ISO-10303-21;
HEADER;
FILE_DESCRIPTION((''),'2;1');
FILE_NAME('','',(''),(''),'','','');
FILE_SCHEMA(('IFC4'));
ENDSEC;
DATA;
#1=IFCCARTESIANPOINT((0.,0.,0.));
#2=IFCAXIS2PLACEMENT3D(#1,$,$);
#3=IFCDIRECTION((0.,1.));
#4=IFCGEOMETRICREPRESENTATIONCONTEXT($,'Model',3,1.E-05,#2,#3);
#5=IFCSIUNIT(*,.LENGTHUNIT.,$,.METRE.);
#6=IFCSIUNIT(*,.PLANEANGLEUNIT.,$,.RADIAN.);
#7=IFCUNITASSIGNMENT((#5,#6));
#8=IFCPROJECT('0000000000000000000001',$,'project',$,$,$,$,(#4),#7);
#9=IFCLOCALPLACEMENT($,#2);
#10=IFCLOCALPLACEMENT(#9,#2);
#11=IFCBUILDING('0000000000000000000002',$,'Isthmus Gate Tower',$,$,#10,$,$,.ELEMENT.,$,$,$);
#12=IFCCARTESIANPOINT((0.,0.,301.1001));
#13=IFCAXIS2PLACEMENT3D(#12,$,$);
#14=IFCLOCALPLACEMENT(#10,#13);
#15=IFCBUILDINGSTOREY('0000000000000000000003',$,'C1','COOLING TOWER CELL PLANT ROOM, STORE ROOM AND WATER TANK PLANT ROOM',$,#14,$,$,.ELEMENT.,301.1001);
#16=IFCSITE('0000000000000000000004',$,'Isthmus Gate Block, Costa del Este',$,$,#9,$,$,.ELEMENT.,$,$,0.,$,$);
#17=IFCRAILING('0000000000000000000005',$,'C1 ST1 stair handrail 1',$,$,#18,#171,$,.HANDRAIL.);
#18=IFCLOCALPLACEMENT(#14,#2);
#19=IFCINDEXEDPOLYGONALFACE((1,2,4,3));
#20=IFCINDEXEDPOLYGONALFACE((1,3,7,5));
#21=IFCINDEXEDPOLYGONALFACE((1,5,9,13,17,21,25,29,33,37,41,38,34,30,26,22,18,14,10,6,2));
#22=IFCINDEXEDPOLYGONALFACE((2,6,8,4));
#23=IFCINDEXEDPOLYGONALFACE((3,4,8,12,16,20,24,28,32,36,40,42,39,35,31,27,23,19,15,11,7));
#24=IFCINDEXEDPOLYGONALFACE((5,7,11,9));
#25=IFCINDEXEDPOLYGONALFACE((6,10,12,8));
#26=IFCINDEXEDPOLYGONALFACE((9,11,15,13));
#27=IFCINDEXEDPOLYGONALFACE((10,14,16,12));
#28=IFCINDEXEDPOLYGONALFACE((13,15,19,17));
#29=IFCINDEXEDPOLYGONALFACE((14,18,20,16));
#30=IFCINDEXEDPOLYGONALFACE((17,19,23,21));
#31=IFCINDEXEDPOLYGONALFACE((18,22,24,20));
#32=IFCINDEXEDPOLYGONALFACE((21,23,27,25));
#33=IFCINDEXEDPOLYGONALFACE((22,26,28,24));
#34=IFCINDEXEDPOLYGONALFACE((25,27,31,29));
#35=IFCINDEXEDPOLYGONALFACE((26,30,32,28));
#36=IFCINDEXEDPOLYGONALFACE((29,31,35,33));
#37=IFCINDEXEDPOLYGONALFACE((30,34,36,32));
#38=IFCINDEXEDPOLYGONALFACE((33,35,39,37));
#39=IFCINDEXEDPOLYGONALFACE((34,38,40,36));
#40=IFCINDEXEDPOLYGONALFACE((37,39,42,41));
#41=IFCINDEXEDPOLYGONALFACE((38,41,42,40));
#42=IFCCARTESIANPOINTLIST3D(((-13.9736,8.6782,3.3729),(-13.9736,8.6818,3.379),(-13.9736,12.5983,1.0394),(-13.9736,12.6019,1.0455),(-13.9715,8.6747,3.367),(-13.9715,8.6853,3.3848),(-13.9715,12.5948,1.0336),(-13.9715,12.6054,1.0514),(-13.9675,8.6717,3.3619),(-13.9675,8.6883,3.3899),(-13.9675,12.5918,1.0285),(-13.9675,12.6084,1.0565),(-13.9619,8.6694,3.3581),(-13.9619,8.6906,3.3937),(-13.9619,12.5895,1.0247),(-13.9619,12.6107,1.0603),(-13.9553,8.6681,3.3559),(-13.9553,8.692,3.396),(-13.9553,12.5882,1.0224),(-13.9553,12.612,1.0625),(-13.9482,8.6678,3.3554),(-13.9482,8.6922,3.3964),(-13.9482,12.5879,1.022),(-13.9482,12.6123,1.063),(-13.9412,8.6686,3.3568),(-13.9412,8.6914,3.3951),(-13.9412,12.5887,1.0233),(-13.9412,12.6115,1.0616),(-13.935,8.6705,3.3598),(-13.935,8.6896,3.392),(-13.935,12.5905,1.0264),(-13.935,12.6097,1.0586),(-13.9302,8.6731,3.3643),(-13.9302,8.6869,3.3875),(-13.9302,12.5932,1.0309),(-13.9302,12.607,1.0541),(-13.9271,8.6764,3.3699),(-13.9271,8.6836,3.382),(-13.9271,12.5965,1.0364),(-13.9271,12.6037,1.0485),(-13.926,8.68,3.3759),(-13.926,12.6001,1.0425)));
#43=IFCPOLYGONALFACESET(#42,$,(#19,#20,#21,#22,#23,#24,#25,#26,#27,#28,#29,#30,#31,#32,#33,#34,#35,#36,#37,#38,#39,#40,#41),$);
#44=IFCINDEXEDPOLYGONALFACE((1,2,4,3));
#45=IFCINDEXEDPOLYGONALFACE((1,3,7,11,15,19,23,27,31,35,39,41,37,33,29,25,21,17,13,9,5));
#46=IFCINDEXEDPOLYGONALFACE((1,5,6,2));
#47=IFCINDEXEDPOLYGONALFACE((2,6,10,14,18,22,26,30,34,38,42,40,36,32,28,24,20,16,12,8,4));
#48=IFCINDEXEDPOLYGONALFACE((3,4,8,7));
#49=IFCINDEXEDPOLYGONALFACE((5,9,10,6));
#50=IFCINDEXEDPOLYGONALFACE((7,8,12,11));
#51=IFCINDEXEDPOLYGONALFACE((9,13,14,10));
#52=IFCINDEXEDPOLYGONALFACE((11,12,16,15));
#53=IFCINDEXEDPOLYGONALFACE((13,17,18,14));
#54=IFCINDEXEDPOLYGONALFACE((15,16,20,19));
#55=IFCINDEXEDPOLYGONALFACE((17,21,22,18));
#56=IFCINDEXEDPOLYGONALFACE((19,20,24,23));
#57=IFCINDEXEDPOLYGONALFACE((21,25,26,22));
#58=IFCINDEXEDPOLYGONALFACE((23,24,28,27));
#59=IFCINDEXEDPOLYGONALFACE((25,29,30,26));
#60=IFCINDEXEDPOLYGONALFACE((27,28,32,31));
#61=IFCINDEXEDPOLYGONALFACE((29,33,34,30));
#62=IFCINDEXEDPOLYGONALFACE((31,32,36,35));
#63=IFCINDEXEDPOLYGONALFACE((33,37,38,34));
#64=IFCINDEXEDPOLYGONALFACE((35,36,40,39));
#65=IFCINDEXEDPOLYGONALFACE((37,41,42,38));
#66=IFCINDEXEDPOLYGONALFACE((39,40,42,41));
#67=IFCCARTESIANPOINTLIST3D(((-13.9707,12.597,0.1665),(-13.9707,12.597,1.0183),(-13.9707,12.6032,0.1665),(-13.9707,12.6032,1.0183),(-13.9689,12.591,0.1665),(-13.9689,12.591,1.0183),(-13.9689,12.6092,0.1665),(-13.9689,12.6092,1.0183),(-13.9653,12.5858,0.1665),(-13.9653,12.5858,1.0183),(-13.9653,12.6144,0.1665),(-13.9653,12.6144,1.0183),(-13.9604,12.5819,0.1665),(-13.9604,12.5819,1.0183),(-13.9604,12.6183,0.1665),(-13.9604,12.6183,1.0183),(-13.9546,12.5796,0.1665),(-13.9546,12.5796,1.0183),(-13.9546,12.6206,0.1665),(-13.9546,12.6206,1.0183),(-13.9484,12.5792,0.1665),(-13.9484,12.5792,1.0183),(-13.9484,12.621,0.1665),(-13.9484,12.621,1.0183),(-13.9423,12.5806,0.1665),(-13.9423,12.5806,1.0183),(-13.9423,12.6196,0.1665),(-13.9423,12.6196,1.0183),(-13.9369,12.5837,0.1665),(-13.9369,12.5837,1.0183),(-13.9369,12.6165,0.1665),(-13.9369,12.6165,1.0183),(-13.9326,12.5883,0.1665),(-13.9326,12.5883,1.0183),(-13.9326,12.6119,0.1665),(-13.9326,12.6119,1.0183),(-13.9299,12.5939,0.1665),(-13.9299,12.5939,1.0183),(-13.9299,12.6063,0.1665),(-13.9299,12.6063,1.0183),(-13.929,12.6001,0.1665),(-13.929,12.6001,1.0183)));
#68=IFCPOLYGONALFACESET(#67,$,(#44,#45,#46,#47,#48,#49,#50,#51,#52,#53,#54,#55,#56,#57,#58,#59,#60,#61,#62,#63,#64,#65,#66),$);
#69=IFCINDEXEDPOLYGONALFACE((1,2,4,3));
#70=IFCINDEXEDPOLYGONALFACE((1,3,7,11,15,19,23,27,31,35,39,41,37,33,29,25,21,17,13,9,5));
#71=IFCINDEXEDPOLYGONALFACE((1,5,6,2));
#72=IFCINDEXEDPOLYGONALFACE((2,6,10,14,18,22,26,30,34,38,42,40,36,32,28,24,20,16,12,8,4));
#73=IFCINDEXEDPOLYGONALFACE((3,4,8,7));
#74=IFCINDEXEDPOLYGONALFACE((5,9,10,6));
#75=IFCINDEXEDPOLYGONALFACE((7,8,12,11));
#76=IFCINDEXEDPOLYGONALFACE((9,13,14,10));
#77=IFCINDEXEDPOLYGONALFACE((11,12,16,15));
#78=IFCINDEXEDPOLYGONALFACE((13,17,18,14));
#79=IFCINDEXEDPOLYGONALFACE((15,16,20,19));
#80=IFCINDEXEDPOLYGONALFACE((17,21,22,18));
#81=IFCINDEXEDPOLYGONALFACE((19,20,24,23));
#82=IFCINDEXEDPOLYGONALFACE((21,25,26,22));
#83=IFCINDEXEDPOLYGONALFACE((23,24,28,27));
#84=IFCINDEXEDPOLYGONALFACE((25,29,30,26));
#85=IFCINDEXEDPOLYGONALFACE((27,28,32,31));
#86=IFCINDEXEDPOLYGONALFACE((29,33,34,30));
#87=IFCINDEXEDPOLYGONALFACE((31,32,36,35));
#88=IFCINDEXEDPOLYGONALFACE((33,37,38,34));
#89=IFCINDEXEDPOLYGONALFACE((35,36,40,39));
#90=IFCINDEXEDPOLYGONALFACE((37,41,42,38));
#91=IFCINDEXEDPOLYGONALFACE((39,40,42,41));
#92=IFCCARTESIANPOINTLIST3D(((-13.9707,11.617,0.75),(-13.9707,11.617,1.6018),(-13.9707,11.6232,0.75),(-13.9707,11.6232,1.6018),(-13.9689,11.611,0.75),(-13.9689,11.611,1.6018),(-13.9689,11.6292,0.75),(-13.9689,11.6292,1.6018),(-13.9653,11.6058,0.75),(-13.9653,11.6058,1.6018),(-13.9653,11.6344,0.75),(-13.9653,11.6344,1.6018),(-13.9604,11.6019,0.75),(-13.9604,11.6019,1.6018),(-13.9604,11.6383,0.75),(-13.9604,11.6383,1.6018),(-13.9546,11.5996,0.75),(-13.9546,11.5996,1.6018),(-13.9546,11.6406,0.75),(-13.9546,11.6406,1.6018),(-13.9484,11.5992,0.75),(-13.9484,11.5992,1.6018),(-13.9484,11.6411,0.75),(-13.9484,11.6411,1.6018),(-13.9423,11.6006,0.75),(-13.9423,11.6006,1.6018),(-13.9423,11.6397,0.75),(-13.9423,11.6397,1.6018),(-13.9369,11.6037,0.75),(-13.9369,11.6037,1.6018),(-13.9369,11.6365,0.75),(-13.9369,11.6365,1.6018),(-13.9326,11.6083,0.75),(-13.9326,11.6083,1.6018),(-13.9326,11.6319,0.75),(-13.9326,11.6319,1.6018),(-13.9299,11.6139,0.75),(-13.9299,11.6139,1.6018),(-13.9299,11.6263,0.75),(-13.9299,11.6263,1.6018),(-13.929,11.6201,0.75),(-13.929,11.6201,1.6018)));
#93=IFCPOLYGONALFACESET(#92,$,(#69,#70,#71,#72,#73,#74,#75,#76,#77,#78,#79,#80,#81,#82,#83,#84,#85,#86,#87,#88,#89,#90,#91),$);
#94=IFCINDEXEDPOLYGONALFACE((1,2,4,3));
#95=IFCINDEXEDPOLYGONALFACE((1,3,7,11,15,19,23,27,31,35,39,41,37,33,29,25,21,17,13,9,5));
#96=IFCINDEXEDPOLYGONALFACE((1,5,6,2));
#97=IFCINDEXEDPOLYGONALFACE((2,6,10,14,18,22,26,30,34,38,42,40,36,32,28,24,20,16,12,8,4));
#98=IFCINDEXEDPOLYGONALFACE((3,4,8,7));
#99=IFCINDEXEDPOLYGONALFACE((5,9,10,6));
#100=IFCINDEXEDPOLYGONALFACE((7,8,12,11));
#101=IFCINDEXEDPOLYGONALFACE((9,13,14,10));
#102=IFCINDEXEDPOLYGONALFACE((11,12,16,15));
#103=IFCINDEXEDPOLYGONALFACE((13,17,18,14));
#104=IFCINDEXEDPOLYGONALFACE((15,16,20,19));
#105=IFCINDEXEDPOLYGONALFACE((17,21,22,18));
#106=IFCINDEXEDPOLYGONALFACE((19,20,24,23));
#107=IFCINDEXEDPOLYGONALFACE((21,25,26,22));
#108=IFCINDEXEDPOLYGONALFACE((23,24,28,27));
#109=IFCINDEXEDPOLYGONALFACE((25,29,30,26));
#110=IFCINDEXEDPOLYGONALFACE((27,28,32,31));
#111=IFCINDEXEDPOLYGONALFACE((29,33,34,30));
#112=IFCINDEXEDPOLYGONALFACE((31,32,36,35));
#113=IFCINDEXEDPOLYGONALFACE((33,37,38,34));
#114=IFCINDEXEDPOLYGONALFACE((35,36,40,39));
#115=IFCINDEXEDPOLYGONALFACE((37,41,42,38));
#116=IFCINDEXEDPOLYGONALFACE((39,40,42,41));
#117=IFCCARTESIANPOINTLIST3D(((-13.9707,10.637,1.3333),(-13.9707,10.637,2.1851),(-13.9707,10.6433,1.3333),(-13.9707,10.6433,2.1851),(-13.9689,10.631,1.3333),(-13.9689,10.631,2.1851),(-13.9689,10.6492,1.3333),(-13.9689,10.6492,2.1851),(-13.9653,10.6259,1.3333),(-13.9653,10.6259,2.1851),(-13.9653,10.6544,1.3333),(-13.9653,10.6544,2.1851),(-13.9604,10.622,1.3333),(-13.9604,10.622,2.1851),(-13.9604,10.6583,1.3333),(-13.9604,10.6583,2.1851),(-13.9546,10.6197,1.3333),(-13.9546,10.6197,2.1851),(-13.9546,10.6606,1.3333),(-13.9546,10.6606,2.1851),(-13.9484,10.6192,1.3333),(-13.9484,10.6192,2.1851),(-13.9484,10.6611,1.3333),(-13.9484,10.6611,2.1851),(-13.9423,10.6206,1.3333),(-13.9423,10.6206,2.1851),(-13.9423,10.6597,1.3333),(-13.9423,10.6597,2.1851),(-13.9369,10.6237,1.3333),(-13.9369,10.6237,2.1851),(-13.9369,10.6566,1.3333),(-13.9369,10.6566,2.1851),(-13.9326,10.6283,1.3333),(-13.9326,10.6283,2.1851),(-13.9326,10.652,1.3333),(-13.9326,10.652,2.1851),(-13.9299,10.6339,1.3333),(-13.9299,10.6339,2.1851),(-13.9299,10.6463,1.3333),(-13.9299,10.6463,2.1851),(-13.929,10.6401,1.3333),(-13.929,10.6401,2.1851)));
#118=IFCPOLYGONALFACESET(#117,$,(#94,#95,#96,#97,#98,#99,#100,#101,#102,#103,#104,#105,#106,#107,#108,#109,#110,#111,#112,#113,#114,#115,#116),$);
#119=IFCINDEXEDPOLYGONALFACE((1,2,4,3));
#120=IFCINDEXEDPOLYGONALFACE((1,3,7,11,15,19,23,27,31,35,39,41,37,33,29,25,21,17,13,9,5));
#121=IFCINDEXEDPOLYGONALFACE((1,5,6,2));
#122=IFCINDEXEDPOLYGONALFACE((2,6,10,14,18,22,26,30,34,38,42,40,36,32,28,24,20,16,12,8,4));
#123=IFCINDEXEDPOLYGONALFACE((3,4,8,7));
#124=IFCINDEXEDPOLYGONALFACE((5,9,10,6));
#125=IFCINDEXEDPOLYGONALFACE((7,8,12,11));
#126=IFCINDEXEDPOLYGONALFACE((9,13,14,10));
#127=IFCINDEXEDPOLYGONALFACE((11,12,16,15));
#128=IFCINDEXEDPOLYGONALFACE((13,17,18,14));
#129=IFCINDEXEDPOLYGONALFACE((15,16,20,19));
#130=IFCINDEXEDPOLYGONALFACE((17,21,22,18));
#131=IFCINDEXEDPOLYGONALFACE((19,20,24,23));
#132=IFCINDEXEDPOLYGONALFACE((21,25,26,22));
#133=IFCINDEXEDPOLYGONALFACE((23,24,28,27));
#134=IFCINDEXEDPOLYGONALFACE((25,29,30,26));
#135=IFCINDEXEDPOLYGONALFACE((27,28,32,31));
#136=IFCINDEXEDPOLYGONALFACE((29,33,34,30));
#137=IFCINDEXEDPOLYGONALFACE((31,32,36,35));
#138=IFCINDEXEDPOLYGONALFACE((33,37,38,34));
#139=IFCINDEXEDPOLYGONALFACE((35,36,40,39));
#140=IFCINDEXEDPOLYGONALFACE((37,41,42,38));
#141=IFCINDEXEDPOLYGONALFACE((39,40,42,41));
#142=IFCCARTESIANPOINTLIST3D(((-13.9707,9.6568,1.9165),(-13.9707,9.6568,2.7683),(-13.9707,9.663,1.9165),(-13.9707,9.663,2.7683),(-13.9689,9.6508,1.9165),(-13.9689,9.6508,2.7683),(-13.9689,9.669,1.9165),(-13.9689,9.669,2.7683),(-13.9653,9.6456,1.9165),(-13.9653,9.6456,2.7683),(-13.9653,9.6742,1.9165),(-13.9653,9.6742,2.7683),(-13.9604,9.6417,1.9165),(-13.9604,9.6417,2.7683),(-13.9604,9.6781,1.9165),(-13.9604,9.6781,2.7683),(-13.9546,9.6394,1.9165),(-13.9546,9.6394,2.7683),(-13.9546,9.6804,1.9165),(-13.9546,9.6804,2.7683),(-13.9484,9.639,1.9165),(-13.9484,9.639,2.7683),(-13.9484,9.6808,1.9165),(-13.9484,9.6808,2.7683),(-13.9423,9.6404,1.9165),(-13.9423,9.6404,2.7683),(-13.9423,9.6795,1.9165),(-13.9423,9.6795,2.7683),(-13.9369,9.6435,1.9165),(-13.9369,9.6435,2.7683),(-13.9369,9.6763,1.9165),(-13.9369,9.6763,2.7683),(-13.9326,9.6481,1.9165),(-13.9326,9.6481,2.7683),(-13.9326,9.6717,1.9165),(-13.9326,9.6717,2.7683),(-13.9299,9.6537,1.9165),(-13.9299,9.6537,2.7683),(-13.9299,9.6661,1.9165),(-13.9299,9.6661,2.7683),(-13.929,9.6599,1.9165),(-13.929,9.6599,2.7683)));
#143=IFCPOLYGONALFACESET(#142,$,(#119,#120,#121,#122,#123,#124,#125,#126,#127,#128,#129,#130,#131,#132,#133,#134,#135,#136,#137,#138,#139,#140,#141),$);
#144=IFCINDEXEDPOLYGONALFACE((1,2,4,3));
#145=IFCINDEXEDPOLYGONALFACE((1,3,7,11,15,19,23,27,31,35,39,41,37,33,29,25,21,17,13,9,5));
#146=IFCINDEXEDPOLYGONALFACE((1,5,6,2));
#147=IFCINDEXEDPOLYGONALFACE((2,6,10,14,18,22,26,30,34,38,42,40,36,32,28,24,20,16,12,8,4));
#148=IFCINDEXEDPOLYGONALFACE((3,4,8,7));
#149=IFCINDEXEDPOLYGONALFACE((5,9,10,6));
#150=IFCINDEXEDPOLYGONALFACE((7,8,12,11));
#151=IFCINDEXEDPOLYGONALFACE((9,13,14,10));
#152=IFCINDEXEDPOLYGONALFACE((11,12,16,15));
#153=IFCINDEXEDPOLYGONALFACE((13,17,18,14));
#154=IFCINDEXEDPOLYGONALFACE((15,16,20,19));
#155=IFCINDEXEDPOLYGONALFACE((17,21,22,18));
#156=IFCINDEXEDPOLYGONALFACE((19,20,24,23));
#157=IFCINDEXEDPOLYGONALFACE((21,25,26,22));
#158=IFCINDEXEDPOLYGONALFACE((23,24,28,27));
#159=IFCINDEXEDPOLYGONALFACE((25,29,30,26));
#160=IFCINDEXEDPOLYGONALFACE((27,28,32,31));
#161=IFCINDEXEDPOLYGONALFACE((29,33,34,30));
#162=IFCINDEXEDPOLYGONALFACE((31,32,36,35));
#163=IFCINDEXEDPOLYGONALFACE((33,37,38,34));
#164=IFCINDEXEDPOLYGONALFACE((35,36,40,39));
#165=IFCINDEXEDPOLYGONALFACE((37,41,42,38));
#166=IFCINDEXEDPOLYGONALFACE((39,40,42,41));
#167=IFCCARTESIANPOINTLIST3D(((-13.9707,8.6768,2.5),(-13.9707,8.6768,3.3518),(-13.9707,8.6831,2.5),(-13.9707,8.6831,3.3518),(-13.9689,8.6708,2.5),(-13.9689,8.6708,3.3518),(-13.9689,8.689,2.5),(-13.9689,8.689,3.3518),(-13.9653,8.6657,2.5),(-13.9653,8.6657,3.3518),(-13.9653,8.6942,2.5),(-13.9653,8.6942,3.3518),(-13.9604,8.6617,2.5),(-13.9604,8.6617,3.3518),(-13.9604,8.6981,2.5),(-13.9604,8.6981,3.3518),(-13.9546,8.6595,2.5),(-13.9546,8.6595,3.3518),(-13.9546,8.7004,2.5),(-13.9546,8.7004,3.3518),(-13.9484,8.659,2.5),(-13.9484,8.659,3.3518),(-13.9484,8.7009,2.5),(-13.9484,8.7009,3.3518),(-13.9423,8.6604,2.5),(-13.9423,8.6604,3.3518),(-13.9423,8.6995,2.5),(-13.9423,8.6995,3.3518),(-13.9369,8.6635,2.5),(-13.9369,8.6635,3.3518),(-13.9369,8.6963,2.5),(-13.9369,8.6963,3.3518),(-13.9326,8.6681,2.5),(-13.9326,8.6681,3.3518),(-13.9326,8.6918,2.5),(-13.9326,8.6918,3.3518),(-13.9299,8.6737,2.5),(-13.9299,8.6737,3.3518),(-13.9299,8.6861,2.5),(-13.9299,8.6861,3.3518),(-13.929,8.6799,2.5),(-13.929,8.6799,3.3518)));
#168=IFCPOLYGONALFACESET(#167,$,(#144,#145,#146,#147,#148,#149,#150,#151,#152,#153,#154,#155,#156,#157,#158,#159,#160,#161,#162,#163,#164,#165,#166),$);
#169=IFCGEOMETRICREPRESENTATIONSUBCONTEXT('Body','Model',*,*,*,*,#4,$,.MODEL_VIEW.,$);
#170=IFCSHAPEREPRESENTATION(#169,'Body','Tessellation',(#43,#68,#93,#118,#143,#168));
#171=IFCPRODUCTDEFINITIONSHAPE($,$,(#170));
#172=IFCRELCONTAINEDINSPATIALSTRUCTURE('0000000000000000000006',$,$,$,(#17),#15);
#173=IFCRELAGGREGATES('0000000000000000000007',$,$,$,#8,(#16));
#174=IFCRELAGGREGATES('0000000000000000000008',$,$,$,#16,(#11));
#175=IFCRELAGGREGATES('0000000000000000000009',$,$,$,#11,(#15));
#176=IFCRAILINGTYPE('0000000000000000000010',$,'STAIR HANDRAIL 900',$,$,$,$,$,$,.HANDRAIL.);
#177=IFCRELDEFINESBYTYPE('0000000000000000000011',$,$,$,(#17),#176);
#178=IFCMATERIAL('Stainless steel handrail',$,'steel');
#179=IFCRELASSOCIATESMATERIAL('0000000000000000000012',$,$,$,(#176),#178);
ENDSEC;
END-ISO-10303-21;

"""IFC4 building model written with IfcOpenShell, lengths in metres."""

from ifc_helpers import new_model, si_unit, direction, frame, origin, origin_2d, place, context, subcontext, project, spatial, circle, extrude, material, type_object, element, save


model = new_model("IFC4")

# Units and contexts
model_context = context("Model", 3, precision=1e-05, world=origin(), true_north=direction((0.0, 1.0)))
body_context = subcontext(model_context, "Body", "Model", "MODEL_VIEW")
ifc_project = project(units=[si_unit("LENGTHUNIT", "METRE"), si_unit("PLANEANGLEUNIT", "RADIAN")], contexts=[model_context])

# Site, building, storey
site_placement = place(None, origin())
site = spatial("IfcSite", under=ifc_project, at=site_placement, Name="Isthmus Gate Block, Costa del Este", CompositionType="ELEMENT", RefElevation=0.0)
building_placement = place(site_placement, origin())
building = spatial("IfcBuilding", under=site, at=building_placement, Name="Isthmus Gate Tower", CompositionType="ELEMENT")
storey_placement = place(building_placement, frame((0.0, 0.0, 301.1001)))
storey = spatial("IfcBuildingStorey", under=building, at=storey_placement, Name="C1", Description="COOLING TOWER CELL PLANT ROOM, STORE ROOM AND WATER TANK PLANT ROOM", CompositionType="ELEMENT", Elevation=301.1001)

# Railing
ifc_material_1 = material(Name="Stainless steel handrail", Category="steel")
railing_type_1 = type_object("IfcRailingType", Name="STAIR HANDRAIL 900", PredefinedType="HANDRAIL", material=ifc_material_1)
railing_1_placement = place(storey_placement, frame((-13.95, 12.6001, 0.1665)))
element("IfcRailing", 1, at=railing_1_placement, inside=storey, type_object=railing_type_1, Name="C1 ST1 stair handrail 1", PredefinedType="HANDRAIL", context=body_context, shape_type="SweptSolid", body=[
    extrude(circle(Radius=0.0239, at=origin_2d()), frame((0.0, 0.0, 0.876), z_axis=(0.0, -0.859287, 0.511494), x_axis=(1.0, 0.0, 0.0)), (0.0, 0.0, 1.0), 4.562),
    extrude(circle(Radius=0.021, at=origin_2d()), origin(), (0.0, 0.0, 1.0), 0.8518),
    extrude(circle(Radius=0.021, at=origin_2d()), frame((0.0, -0.98, 0.5835)), (0.0, 0.0, 1.0), 0.8518),
    extrude(circle(Radius=0.021, at=origin_2d()), frame((0.0, -1.96, 1.1667)), (0.0, 0.0, 1.0), 0.8518),
    extrude(circle(Radius=0.021, at=origin_2d()), frame((0.0, -2.9402, 1.75)), (0.0, 0.0, 1.0), 0.8518),
    extrude(circle(Radius=0.021, at=origin_2d()), frame((0.0, -3.9202, 2.3335)), (0.0, 0.0, 1.0), 0.8518),
])

save(model, "model.ifc")
